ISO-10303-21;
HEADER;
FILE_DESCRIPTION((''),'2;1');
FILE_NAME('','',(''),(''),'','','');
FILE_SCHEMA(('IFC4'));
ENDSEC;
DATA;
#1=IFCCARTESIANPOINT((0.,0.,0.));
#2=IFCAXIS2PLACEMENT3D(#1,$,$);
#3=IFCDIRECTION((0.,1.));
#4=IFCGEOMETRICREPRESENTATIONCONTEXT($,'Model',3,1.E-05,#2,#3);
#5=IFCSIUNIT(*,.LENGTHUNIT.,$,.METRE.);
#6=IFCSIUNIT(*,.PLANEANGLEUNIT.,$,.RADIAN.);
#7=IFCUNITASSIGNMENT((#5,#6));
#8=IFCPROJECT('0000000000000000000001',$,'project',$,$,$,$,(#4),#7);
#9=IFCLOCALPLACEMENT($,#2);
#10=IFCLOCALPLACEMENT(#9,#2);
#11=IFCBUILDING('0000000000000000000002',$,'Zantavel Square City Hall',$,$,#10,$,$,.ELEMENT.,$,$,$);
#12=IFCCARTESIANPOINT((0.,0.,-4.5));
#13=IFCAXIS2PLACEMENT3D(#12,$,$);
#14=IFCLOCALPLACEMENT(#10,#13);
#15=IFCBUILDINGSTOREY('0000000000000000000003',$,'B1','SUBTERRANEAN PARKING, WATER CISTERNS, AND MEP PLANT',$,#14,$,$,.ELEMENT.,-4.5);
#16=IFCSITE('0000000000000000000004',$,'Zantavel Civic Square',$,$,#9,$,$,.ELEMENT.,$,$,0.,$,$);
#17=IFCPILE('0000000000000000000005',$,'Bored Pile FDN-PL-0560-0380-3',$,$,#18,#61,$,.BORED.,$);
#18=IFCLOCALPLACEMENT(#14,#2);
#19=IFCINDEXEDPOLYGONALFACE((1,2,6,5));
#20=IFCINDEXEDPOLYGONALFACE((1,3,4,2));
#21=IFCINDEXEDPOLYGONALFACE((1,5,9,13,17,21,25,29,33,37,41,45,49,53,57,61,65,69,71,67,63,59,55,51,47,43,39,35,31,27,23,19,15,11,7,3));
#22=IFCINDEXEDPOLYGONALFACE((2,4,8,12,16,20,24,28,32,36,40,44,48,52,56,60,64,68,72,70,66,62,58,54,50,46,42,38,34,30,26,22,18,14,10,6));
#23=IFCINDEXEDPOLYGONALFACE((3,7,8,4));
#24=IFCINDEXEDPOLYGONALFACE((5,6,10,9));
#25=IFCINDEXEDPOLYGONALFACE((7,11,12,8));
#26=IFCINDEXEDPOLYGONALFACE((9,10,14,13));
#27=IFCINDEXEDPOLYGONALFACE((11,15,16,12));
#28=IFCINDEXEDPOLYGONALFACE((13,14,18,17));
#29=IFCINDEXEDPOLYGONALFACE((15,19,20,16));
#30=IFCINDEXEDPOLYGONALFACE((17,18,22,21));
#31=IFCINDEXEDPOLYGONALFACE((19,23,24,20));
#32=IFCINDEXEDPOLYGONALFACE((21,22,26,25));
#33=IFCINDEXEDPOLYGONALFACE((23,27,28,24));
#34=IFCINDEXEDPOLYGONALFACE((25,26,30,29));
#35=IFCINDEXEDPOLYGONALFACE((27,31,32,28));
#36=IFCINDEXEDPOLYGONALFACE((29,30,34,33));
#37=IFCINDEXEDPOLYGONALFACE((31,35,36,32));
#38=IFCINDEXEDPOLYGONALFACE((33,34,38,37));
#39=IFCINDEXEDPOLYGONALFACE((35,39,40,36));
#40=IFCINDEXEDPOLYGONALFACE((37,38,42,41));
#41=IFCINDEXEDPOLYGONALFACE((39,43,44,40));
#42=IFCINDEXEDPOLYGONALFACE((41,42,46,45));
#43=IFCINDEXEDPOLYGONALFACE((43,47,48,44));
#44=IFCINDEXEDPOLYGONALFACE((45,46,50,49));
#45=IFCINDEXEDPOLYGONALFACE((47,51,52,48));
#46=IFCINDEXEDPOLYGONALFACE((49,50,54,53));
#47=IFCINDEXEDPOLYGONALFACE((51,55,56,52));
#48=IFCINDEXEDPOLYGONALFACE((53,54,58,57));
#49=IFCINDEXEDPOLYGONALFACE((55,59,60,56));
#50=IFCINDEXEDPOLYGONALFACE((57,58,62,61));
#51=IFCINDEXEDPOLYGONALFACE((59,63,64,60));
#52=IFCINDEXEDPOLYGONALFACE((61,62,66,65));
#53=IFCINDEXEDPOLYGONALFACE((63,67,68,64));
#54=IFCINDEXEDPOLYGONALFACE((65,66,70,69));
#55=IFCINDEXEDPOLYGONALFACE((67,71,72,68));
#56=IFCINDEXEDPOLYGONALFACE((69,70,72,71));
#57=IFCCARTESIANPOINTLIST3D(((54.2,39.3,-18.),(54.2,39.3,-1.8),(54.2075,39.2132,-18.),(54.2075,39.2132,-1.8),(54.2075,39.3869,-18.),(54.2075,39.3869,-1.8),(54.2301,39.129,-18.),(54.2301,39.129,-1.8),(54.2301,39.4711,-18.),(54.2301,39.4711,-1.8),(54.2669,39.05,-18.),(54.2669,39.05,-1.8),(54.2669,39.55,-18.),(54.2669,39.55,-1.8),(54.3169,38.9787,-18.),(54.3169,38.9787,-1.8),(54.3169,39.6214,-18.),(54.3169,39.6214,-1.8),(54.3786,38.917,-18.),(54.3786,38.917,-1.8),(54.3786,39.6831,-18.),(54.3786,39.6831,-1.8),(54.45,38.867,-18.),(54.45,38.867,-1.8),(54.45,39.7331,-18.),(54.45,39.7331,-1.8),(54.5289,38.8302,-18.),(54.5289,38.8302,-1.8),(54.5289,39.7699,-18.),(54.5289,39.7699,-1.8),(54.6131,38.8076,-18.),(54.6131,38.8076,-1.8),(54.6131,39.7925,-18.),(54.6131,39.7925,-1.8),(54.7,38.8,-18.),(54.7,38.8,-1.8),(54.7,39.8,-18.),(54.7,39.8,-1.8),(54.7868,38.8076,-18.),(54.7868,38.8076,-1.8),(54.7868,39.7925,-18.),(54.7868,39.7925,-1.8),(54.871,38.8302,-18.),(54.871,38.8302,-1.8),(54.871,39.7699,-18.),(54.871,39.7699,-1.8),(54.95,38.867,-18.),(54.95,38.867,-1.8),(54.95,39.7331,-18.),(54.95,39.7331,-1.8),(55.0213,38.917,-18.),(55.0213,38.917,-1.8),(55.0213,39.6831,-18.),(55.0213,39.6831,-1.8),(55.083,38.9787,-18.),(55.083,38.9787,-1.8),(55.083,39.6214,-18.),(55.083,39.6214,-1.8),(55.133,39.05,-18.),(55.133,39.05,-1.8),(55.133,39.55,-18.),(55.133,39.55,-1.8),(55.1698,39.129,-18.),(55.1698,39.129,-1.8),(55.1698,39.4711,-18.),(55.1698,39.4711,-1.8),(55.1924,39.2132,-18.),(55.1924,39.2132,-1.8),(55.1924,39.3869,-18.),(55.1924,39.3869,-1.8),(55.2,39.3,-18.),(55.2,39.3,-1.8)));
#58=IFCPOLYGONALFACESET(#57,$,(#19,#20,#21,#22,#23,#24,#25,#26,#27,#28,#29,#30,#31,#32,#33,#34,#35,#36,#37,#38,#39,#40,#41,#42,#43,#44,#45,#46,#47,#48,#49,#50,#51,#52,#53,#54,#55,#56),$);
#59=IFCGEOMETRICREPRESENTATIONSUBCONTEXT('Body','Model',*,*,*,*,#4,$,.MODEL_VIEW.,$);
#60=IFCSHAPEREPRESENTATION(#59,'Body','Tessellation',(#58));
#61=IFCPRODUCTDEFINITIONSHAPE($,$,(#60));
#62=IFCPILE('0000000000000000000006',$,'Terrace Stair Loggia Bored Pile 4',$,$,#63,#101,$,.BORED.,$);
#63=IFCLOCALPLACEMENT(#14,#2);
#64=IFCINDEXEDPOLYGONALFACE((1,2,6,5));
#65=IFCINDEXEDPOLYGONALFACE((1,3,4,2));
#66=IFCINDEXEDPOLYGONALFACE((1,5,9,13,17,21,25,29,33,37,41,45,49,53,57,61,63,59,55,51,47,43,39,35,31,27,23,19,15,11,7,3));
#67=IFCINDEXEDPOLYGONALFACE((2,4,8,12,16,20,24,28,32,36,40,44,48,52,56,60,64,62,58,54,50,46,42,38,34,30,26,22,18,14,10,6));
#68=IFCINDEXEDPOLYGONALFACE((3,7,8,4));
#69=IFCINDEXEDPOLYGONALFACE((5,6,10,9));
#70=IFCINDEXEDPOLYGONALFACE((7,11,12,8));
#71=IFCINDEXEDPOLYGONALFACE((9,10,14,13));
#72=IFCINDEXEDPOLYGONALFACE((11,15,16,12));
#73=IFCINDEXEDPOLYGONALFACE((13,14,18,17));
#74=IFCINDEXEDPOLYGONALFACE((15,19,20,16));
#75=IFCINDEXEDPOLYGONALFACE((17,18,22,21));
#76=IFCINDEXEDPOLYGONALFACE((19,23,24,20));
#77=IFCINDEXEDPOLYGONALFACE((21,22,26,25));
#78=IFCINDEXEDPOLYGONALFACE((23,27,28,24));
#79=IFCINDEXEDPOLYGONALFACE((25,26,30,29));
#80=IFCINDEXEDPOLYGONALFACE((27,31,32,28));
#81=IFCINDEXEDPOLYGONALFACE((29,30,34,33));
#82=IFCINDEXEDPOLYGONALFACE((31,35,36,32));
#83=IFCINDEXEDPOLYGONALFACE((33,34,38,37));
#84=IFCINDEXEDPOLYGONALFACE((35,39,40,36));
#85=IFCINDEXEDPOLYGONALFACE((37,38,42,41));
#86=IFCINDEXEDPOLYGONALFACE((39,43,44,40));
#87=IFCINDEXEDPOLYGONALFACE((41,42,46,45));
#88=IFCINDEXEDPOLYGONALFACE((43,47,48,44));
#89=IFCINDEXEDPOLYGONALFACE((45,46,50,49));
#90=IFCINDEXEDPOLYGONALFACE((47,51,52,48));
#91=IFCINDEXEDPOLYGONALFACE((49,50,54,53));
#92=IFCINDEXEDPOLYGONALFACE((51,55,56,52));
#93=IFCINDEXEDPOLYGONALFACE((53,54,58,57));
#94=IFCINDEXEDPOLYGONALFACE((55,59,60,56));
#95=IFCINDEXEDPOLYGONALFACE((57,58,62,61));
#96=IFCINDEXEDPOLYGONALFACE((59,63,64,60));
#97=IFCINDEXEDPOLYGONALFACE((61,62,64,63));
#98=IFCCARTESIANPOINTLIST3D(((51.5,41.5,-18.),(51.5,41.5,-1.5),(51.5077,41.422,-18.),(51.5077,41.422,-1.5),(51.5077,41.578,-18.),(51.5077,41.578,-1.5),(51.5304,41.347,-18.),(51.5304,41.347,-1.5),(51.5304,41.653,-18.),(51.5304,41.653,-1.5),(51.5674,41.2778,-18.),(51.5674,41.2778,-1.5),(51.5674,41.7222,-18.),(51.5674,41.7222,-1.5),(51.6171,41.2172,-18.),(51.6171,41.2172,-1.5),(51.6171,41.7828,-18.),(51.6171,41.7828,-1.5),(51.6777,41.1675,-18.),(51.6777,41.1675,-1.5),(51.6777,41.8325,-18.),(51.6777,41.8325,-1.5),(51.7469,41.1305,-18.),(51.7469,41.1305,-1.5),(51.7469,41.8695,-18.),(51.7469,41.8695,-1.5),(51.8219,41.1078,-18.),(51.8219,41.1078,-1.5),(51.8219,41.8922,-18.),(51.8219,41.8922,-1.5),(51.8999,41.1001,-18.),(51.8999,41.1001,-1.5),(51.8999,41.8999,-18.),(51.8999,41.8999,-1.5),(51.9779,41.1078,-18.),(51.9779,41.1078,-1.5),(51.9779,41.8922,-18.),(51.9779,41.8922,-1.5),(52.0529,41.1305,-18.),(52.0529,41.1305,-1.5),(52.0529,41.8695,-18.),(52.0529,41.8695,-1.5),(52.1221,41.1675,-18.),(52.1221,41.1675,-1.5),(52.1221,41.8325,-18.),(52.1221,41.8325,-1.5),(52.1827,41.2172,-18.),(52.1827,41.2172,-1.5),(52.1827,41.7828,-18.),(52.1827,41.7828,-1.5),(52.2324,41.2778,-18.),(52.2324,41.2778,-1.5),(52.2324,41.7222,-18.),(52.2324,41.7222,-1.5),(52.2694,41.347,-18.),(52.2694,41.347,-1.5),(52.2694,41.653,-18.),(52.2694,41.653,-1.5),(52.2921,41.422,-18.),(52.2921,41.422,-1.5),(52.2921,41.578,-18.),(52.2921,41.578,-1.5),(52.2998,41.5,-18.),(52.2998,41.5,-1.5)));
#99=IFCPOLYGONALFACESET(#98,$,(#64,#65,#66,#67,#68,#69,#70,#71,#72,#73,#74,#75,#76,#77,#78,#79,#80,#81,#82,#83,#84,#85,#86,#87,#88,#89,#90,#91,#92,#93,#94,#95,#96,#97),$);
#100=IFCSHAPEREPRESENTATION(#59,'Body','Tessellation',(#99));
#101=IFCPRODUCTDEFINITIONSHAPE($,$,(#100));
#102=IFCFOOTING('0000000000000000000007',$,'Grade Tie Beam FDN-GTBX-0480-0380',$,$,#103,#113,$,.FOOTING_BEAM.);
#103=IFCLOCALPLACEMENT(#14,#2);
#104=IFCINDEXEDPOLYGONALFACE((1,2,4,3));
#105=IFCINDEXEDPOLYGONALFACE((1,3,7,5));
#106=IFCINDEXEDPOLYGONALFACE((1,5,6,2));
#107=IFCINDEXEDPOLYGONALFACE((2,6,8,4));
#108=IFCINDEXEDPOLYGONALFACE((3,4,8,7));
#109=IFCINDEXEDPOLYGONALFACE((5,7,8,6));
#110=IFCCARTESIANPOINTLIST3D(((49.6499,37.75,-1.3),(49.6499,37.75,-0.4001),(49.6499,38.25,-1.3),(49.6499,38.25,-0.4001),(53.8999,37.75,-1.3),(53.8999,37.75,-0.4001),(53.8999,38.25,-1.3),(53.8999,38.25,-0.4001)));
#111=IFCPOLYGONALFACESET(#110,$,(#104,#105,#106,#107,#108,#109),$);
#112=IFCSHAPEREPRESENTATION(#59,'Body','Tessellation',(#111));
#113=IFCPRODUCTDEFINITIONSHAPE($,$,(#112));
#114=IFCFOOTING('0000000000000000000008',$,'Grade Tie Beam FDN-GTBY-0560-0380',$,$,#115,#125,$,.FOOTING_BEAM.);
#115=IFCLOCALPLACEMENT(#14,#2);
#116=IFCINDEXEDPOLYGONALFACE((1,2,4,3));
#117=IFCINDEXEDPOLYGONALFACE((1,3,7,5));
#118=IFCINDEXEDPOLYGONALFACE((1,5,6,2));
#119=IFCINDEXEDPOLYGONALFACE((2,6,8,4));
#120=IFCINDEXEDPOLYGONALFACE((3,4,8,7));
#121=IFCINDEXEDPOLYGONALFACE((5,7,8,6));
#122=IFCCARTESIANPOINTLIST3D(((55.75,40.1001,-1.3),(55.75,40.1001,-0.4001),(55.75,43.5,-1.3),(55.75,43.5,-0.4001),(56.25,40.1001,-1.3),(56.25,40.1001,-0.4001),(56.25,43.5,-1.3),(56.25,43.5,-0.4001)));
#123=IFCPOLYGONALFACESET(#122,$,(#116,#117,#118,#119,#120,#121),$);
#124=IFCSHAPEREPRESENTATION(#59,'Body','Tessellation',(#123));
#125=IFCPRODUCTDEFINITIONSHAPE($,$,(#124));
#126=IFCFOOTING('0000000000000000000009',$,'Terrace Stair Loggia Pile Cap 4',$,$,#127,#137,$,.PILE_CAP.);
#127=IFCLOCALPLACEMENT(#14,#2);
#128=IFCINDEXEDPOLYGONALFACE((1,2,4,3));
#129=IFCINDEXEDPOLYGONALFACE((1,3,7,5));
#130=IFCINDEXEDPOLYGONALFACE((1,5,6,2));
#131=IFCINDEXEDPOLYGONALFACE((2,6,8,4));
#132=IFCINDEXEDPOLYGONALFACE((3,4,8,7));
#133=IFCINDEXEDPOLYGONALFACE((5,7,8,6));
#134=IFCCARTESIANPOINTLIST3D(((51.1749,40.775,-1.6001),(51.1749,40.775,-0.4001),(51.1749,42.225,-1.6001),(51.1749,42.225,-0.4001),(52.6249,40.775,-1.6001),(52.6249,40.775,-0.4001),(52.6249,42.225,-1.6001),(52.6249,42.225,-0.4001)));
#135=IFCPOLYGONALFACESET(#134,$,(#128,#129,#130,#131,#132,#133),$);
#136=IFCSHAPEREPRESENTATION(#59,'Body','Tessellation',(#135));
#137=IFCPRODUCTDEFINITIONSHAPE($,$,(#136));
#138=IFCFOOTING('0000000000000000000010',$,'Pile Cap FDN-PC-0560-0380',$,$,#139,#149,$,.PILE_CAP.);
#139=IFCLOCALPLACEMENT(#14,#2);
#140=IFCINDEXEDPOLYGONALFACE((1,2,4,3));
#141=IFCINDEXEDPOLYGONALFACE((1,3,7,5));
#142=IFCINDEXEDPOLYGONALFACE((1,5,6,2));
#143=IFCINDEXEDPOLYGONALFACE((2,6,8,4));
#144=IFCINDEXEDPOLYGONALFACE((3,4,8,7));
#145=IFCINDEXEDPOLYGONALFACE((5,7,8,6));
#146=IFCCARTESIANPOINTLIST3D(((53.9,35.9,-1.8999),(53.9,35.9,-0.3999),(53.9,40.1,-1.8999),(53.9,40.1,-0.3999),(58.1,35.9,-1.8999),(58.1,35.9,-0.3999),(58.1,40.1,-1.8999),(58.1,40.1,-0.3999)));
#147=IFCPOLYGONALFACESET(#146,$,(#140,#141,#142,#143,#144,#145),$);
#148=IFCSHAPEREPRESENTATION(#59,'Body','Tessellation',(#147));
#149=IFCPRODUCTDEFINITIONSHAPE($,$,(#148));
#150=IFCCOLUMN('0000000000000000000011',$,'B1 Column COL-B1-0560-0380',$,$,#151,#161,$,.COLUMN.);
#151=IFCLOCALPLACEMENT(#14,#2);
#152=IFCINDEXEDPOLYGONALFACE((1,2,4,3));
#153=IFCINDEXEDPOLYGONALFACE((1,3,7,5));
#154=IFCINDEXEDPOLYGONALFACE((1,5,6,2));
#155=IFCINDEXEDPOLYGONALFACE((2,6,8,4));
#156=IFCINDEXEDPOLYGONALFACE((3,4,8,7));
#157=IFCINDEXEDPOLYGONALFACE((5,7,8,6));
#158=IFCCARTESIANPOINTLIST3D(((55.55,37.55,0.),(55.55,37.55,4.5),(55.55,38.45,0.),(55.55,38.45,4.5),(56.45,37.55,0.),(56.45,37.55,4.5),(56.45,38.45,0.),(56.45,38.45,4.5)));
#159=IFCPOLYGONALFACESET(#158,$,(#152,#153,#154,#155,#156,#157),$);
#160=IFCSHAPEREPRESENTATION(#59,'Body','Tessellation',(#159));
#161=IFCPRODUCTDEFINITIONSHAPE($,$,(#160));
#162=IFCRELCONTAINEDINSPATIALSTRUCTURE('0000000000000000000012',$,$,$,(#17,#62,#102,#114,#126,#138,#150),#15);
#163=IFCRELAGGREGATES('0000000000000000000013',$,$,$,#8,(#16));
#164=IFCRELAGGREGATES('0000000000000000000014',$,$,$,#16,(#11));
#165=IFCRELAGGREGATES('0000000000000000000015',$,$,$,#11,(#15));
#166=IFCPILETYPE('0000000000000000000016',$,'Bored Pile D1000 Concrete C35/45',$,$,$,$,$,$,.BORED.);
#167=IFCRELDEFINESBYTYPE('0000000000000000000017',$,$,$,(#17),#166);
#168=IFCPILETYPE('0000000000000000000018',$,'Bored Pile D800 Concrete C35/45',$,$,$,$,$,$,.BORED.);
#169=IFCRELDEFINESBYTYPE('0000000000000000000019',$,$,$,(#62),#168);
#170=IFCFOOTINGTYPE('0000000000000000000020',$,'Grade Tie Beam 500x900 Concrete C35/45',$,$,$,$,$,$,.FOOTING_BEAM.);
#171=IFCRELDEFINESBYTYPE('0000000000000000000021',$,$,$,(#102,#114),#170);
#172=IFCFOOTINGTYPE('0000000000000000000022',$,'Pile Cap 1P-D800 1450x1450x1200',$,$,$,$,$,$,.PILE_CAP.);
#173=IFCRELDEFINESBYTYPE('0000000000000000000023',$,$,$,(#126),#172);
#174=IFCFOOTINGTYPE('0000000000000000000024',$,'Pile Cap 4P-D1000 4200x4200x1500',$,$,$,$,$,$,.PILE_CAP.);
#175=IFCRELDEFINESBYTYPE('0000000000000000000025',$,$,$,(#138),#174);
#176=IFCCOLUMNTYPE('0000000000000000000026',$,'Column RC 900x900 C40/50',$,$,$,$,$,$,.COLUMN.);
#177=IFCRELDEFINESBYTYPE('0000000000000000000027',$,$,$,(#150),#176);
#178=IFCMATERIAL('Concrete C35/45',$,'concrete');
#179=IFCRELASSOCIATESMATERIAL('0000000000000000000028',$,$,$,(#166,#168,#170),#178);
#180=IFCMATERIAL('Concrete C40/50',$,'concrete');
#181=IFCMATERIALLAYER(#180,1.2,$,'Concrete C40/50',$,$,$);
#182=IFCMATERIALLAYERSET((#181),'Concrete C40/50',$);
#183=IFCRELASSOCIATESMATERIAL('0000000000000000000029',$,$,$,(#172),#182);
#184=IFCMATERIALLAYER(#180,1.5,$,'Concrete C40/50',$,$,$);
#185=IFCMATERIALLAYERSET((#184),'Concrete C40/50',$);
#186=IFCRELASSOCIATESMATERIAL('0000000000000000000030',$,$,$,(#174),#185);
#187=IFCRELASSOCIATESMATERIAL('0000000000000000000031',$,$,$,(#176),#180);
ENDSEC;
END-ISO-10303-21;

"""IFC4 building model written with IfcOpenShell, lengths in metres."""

from ifc_helpers import new_model, si_unit, direction, frame, origin, origin_2d, place, context, subcontext, project, spatial, rectangle, circle, extrude, material, layer, layer_set, material_profile, profile_set, type_object, element, save


model = new_model("IFC4")

# Units and contexts
model_context = context("Model", 3, precision=1e-05, world=origin(), true_north=direction((0.0, 1.0)))
body_context = subcontext(model_context, "Body", "Model", "MODEL_VIEW")
ifc_project = project(units=[si_unit("LENGTHUNIT", "METRE"), si_unit("PLANEANGLEUNIT", "RADIAN")], contexts=[model_context])

# Site, building, storey
site_placement = place(None, origin())
site = spatial("IfcSite", under=ifc_project, at=site_placement, Name="Zantavel Civic Square", CompositionType="ELEMENT", RefElevation=0.0)
building_placement = place(site_placement, origin())
building = spatial("IfcBuilding", under=site, at=building_placement, Name="Zantavel Square City Hall", CompositionType="ELEMENT")
storey_placement = place(building_placement, frame((0.0, 0.0, -4.5)))
storey = spatial("IfcBuildingStorey", under=building, at=storey_placement, Name="B1", Description="SUBTERRANEAN PARKING, WATER CISTERNS, AND MEP PLANT", CompositionType="ELEMENT", Elevation=-4.5)

# Piles
ifc_material_1 = material(Name="Concrete C35/45", Category="concrete")
ifc_material_profile_1 = material_profile(ifc_material_1, circle(Radius=0.5, at=origin_2d()), Name="PILE D1000")
ifc_profile_set_1 = profile_set([ifc_material_profile_1], Name="Concrete C35/45")
pile_type_1 = type_object("IfcPileType", Name="Bored Pile D1000 Concrete C35/45", PredefinedType="BORED", material=ifc_profile_set_1)
pile_1_placement = place(storey_placement, frame((54.7, 39.3, -1.8), z_axis=(0.0, 0.0, -1.0), x_axis=(1.0, 0.0, 0.0)))
element("IfcPile", 1, at=pile_1_placement, inside=storey, type_object=pile_type_1, Name="Bored Pile FDN-PL-0560-0380-3", PredefinedType="BORED", context=body_context, shape_type="SweptSolid", body=[
    extrude(circle(Radius=0.5, at=origin_2d()), origin(), (0.0, 0.0, 1.0), 16.2),
])
ifc_material_profile_2 = material_profile(ifc_material_1, circle(Radius=0.3999, at=origin_2d()), Name="PILE D800")
ifc_profile_set_2 = profile_set([ifc_material_profile_2], Name="Concrete C35/45")
pile_type_2 = type_object("IfcPileType", Name="Bored Pile D800 Concrete C35/45", PredefinedType="BORED", material=ifc_profile_set_2)
pile_2_placement = place(storey_placement, frame((51.8999, 41.5, -1.5), z_axis=(0.0, 0.0, -1.0), x_axis=(1.0, 0.0, 0.0)))
element("IfcPile", 2, at=pile_2_placement, inside=storey, type_object=pile_type_2, Name="Terrace Stair Loggia Bored Pile 4", PredefinedType="BORED", context=body_context, shape_type="SweptSolid", body=[
    extrude(circle(Radius=0.3999, at=origin_2d()), origin(), (0.0, 0.0, 1.0), 16.5),
])

# Footings
ifc_material_profile_3 = material_profile(ifc_material_1, rectangle(XDim=0.5, YDim=0.8999, at=origin_2d()), Name="RC 500x900")
ifc_profile_set_3 = profile_set([ifc_material_profile_3], Name="Concrete C35/45")
footing_type_1 = type_object("IfcFootingType", Name="Grade Tie Beam 500x900 Concrete C35/45", PredefinedType="FOOTING_BEAM", material=ifc_profile_set_3)
footing_1_placement = place(storey_placement, frame((49.6499, 38.0, -0.8501), z_axis=(1.0, 0.0, 0.0), x_axis=(0.0, 1.0, 0.0)))
element("IfcFooting", 3, at=footing_1_placement, inside=storey, type_object=footing_type_1, Name="Grade Tie Beam FDN-GTBX-0480-0380", PredefinedType="FOOTING_BEAM", context=body_context, shape_type="SweptSolid", body=[
    extrude(rectangle(XDim=0.5, YDim=0.8999, at=origin_2d()), origin(), (0.0, 0.0, 1.0), 4.25),
])
footing_2_placement = place(storey_placement, frame((56.0, 40.1001, -0.8501), z_axis=(0.0, 1.0, 0.0), x_axis=(-1.0, 0.0, 0.0)))
element("IfcFooting", 4, at=footing_2_placement, inside=storey, type_object=footing_type_1, Name="Grade Tie Beam FDN-GTBY-0560-0380", PredefinedType="FOOTING_BEAM", context=body_context, shape_type="SweptSolid", body=[
    extrude(rectangle(XDim=0.5, YDim=0.8999, at=origin_2d()), origin(), (0.0, 0.0, 1.0), 3.3999),
])
ifc_material_2 = material(Name="Concrete C40/50", Category="concrete")
ifc_layer_1 = layer(ifc_material_2, 1.2, Name="Concrete C40/50")
ifc_layer_set_1 = layer_set([ifc_layer_1], Name="Concrete C40/50")
footing_type_2 = type_object("IfcFootingType", Name="Pile Cap 1P-D800 1450x1450x1200", PredefinedType="PILE_CAP", material=ifc_layer_set_1)
footing_3_placement = place(storey_placement, frame((51.8999, 41.5, -1.6001), z_axis=(0.0, 0.0, 1.0), x_axis=(1.0, 0.0, 0.0)))
element("IfcFooting", 5, at=footing_3_placement, inside=storey, type_object=footing_type_2, Name="Terrace Stair Loggia Pile Cap 4", PredefinedType="PILE_CAP", context=body_context, shape_type="SweptSolid", body=[
    extrude(rectangle(XDim=1.45, YDim=1.45, at=origin_2d()), origin(), (0.0, 0.0, 1.0), 1.2),
])
ifc_layer_2 = layer(ifc_material_2, 1.5, Name="Concrete C40/50")
ifc_layer_set_2 = layer_set([ifc_layer_2], Name="Concrete C40/50")
footing_type_3 = type_object("IfcFootingType", Name="Pile Cap 4P-D1000 4200x4200x1500", PredefinedType="PILE_CAP", material=ifc_layer_set_2)
footing_4_placement = place(storey_placement, frame((56.0, 38.0, -1.8999), z_axis=(0.0, 0.0, 1.0), x_axis=(1.0, 0.0, 0.0)))
element("IfcFooting", 6, at=footing_4_placement, inside=storey, type_object=footing_type_3, Name="Pile Cap FDN-PC-0560-0380", PredefinedType="PILE_CAP", context=body_context, shape_type="SweptSolid", body=[
    extrude(rectangle(XDim=4.2, YDim=4.2, at=origin_2d()), origin(), (0.0, 0.0, 1.0), 1.5),
])

# Column
ifc_material_profile_4 = material_profile(ifc_material_2, rectangle(XDim=0.8999, YDim=0.8999, at=origin_2d()), Name="RC 900x900")
ifc_profile_set_4 = profile_set([ifc_material_profile_4], Name="Concrete C40/50")
column_type_1 = type_object("IfcColumnType", Name="Column RC 900x900 C40/50", PredefinedType="COLUMN", material=ifc_profile_set_4)
column_1_placement = place(storey_placement, frame((56.0, 38.0, 0.0), z_axis=(0.0, 0.0, 1.0), x_axis=(1.0, 0.0, 0.0)))
element("IfcColumn", 7, at=column_1_placement, inside=storey, type_object=column_type_1, Name="B1 Column COL-B1-0560-0380", PredefinedType="COLUMN", context=body_context, shape_type="SweptSolid", body=[
    extrude(rectangle(XDim=0.8999, YDim=0.8999, at=origin_2d()), origin(), (0.0, 0.0, 1.0), 4.5),
])

save(model, "model.ifc")
